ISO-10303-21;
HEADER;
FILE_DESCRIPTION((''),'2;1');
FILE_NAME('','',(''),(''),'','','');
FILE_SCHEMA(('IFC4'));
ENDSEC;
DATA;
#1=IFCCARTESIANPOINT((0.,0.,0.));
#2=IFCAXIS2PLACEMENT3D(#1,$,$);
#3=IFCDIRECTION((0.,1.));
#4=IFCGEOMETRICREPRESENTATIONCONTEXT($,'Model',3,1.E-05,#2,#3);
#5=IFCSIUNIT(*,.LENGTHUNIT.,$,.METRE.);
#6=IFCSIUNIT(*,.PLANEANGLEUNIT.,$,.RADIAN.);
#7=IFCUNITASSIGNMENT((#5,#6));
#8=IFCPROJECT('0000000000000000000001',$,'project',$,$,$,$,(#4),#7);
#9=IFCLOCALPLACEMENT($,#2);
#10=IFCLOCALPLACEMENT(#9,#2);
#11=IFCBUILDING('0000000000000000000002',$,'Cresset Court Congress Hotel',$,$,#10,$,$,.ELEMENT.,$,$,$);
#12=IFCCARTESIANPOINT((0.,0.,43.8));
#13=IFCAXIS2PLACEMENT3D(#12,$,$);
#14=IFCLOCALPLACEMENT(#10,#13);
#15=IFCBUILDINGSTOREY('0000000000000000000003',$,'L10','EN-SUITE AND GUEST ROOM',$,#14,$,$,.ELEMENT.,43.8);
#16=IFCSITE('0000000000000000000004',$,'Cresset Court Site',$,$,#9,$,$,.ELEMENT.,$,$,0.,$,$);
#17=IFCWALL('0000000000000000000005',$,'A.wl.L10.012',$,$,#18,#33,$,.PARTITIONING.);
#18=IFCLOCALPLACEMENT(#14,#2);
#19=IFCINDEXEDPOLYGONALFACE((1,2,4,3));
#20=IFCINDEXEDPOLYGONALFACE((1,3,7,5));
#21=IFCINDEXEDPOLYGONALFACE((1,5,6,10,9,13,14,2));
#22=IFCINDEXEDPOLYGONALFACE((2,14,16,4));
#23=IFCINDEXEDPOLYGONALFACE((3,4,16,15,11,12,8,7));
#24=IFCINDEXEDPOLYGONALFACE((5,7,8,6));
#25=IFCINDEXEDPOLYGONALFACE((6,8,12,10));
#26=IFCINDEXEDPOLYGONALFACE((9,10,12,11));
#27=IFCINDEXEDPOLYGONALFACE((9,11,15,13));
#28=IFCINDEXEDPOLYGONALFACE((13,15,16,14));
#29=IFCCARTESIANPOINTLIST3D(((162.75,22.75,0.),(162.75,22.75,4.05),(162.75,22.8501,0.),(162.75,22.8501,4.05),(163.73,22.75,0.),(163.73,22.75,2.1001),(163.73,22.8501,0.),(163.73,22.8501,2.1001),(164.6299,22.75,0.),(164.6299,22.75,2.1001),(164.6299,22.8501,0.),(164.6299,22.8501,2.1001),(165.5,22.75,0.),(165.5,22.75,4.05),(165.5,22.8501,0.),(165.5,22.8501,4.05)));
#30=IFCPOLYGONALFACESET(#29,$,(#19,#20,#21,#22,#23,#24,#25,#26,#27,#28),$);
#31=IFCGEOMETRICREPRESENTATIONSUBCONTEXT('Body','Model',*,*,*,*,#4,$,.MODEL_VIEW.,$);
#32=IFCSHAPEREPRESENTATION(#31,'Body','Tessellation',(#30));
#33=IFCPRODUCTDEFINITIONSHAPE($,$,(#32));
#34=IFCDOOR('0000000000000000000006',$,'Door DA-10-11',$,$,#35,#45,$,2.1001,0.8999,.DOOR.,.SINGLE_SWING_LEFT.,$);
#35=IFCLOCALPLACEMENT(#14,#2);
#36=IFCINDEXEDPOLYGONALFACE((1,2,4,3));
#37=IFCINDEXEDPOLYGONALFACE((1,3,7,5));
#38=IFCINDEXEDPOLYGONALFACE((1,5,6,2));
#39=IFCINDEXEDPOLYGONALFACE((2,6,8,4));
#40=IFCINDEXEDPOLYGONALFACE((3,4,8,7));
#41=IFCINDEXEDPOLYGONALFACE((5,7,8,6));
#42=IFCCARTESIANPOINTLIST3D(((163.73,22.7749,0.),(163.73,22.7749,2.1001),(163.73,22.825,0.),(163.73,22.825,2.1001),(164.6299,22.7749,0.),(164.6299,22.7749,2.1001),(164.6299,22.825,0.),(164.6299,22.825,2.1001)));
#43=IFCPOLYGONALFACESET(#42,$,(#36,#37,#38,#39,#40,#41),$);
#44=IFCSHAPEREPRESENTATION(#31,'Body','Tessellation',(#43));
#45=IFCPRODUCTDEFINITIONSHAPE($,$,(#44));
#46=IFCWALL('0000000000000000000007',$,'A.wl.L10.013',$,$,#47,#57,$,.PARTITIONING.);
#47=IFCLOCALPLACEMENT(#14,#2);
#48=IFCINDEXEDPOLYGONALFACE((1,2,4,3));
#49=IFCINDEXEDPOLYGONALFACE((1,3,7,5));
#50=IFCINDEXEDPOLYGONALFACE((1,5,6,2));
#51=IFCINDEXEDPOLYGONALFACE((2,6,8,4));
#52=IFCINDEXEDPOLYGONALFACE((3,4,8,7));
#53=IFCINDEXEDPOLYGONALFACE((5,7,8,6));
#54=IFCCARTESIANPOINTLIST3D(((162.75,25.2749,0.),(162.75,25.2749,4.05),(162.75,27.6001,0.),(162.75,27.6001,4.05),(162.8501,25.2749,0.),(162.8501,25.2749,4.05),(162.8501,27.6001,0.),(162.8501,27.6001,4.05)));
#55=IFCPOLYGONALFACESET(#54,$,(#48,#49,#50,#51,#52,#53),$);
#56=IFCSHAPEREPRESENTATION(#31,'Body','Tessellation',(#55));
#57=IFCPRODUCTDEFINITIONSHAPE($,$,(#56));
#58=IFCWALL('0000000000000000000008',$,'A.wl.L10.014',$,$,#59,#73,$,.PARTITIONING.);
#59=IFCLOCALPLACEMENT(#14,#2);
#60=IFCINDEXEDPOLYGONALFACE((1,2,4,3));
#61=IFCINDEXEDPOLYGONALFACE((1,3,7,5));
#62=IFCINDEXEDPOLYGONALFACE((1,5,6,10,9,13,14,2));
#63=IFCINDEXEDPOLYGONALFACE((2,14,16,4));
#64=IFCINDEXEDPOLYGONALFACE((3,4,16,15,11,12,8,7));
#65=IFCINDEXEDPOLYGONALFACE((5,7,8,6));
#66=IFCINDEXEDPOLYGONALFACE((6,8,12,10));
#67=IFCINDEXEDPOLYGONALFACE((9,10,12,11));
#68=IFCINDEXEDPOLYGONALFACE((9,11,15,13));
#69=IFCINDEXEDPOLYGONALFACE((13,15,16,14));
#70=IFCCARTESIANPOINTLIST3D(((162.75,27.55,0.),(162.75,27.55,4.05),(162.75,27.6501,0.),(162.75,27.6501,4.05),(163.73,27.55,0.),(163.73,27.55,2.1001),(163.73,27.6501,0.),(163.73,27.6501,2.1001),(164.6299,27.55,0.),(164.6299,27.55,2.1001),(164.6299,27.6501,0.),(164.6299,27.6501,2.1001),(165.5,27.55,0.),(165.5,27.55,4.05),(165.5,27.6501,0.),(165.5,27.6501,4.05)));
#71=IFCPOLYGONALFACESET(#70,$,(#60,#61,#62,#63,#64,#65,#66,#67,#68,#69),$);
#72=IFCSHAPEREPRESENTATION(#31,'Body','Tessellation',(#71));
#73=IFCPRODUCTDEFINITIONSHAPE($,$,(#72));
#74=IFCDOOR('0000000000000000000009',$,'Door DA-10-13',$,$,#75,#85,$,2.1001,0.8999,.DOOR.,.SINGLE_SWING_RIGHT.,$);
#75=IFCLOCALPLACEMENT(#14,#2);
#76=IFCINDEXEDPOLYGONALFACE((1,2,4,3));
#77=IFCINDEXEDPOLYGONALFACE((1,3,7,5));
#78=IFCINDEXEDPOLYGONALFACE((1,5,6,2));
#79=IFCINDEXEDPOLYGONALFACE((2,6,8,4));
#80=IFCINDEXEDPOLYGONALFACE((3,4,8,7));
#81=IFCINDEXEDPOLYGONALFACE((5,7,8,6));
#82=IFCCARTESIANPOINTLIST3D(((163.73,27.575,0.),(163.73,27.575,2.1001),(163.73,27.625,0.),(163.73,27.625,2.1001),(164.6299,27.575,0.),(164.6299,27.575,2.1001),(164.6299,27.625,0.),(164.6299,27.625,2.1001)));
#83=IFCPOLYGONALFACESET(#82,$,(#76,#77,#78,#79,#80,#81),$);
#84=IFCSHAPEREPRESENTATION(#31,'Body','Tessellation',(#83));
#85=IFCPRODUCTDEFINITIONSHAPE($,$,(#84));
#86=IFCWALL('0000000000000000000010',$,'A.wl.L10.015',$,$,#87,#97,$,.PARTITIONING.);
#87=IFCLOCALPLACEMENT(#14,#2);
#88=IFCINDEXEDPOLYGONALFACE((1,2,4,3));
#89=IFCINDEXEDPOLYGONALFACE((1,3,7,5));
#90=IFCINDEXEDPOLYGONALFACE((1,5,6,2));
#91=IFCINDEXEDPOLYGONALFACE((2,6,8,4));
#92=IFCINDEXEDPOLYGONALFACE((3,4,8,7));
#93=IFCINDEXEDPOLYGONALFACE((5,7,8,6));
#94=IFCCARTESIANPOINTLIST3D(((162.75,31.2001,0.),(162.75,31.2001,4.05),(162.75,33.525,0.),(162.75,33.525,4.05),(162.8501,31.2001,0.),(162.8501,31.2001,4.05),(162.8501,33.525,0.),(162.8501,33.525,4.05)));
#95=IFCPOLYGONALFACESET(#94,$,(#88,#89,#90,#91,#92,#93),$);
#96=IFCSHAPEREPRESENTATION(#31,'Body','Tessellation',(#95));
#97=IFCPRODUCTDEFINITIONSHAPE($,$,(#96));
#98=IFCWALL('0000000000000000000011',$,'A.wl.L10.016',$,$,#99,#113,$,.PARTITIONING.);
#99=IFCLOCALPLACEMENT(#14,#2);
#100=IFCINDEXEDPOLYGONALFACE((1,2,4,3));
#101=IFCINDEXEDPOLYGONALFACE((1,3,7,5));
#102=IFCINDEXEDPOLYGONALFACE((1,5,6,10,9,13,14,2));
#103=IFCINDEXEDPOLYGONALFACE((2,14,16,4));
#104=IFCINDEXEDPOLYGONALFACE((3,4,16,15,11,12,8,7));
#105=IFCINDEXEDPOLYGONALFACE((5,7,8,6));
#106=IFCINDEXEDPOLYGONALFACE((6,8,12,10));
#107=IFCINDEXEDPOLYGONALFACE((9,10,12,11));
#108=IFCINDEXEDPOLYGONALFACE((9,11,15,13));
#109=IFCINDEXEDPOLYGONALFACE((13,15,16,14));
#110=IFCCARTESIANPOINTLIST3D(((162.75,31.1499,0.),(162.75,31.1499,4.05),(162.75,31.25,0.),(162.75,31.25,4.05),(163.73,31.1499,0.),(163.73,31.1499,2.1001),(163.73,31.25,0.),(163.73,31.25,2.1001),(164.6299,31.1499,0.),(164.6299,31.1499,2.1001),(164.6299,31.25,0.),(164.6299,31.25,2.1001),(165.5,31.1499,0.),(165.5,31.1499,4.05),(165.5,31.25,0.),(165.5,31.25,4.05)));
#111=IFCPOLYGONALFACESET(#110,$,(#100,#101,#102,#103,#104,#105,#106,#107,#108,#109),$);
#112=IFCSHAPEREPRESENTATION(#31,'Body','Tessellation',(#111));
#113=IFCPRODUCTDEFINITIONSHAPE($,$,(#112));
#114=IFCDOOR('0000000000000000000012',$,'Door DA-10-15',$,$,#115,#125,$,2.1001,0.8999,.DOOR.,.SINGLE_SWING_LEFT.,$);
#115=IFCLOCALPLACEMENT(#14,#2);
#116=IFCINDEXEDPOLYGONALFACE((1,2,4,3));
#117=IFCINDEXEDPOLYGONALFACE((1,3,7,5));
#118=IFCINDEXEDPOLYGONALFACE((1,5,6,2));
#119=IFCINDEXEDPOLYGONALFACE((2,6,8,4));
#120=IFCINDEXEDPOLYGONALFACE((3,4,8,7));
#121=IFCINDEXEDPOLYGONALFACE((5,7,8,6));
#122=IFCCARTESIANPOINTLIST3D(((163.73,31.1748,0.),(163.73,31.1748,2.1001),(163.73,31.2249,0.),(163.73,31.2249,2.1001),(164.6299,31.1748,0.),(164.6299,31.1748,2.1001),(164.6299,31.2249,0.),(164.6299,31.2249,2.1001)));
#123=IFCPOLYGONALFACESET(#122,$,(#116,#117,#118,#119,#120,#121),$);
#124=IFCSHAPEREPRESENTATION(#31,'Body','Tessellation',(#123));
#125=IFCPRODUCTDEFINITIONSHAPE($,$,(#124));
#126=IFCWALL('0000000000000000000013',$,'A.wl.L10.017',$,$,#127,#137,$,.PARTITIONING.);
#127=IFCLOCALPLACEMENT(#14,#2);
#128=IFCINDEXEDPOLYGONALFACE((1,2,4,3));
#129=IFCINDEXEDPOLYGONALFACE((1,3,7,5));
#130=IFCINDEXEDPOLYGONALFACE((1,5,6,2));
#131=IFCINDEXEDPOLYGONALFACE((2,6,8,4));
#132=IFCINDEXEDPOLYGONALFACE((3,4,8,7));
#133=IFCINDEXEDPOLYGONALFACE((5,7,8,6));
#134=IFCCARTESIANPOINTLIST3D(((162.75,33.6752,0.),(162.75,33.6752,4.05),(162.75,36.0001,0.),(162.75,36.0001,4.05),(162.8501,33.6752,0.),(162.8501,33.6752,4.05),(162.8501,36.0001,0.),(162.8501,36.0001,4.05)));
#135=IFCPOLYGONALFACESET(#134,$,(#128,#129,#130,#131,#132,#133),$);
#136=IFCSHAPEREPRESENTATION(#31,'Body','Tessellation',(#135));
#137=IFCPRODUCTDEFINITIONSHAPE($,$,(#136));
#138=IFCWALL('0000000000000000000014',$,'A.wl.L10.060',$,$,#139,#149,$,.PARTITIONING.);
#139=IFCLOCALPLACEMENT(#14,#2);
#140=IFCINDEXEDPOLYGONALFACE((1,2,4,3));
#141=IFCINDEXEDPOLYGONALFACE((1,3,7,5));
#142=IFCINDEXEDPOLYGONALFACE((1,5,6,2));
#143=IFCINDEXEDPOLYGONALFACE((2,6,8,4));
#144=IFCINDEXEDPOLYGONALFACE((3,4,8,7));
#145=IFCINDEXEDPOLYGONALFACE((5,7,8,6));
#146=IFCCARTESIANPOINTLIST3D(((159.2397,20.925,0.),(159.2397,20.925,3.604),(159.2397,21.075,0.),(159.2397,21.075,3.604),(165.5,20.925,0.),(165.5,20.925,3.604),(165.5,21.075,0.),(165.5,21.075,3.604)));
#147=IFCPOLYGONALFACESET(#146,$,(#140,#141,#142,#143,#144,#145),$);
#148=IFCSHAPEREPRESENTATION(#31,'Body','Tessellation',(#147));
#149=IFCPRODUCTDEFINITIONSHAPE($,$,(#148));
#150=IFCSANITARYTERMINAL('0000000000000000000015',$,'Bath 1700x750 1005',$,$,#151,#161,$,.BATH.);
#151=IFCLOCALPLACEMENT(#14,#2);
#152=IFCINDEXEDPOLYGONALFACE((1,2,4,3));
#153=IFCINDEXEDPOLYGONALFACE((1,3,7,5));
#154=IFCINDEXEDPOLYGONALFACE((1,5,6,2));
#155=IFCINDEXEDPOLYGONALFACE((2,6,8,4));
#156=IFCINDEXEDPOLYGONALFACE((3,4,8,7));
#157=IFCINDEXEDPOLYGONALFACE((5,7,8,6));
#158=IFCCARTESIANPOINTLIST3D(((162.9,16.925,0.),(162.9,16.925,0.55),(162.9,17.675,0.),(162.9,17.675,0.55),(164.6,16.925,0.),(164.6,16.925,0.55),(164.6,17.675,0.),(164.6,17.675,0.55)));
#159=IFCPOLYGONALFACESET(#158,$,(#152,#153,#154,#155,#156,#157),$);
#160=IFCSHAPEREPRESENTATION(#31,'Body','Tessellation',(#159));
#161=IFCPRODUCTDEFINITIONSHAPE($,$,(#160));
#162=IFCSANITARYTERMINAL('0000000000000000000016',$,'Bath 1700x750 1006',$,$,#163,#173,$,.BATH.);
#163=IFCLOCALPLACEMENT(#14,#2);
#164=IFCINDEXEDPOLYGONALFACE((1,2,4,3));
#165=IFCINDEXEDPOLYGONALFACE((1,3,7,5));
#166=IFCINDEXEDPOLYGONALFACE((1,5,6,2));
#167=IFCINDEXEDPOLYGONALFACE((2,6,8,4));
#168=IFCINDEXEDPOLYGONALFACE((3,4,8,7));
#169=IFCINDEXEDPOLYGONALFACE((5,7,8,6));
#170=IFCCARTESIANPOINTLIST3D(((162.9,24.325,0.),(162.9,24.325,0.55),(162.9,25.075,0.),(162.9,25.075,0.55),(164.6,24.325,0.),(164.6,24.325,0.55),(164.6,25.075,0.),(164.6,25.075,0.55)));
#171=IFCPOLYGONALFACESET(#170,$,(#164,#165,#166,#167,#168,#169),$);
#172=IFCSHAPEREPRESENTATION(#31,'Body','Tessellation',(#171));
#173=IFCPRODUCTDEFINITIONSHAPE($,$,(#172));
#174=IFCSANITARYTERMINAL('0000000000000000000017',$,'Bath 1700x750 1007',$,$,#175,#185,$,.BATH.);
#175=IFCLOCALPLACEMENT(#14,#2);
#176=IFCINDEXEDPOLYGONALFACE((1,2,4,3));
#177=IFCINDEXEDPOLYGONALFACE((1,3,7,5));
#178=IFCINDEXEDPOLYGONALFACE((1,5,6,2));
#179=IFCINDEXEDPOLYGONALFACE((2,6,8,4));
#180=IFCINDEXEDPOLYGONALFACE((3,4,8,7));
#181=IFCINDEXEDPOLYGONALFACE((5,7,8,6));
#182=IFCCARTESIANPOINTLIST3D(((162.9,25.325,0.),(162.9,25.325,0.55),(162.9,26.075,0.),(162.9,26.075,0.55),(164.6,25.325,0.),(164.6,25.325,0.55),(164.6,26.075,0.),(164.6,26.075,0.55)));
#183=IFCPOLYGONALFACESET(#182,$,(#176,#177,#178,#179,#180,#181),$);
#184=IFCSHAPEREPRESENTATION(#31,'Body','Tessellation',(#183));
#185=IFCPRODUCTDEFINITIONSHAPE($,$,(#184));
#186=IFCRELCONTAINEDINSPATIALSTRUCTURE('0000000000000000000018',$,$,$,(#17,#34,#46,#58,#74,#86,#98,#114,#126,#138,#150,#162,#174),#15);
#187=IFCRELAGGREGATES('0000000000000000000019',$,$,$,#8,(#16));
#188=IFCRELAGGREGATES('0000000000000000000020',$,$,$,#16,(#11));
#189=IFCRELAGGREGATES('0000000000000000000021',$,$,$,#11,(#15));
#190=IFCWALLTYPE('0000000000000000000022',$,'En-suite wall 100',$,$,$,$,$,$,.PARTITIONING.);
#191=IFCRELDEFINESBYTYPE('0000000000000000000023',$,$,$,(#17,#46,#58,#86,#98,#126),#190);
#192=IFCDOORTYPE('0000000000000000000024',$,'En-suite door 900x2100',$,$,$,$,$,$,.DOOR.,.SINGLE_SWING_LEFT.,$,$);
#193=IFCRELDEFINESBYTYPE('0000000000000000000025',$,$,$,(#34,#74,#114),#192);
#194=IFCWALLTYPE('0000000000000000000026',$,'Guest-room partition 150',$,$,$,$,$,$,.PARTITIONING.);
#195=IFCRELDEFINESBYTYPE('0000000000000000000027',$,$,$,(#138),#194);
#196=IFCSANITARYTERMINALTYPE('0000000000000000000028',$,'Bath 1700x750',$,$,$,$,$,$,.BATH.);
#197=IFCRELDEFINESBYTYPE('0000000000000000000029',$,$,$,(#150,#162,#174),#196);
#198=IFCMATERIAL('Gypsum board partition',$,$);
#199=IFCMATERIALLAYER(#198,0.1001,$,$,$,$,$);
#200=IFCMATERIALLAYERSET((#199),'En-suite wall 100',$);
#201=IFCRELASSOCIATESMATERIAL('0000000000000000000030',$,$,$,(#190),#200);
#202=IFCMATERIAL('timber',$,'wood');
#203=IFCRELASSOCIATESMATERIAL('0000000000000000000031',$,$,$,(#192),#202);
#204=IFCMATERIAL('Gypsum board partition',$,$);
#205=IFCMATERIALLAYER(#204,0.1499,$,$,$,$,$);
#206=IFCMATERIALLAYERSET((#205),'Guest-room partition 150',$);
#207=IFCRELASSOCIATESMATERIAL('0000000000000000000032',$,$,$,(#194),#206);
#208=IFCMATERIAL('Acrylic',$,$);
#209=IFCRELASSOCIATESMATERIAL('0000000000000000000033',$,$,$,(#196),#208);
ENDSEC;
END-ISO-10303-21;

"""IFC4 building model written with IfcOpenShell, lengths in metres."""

from ifc_helpers import new_model, si_unit, direction, frame, frame_2d, origin, origin_2d, place, context, subcontext, project, spatial, rectangle, extrude, material, layer, layer_set, type_object, element, fill, save


model = new_model("IFC4")

# Units and contexts
model_context = context("Model", 3, precision=1e-05, world=origin(), true_north=direction((0.0, 1.0)))
body_context = subcontext(model_context, "Body", "Model", "MODEL_VIEW")
ifc_project = project(units=[si_unit("LENGTHUNIT", "METRE"), si_unit("PLANEANGLEUNIT", "RADIAN")], contexts=[model_context])

# Site, building, storey
site_placement = place(None, origin())
site = spatial("IfcSite", under=ifc_project, at=site_placement, Name="Cresset Court Site", CompositionType="ELEMENT", RefElevation=0.0)
building_placement = place(site_placement, origin())
building = spatial("IfcBuilding", under=site, at=building_placement, Name="Cresset Court Congress Hotel", CompositionType="ELEMENT")
storey_placement = place(building_placement, frame((0.0, 0.0, 43.8)))
storey = spatial("IfcBuildingStorey", under=building, at=storey_placement, Name="L10", Description="EN-SUITE AND GUEST ROOM", CompositionType="ELEMENT", Elevation=43.8)

# Shared definitions
ifc_material_1 = material(Name="Gypsum board partition")
ifc_layer_1 = layer(ifc_material_1, 0.1001)
ifc_layer_set_1 = layer_set([ifc_layer_1], Name="En-suite wall 100")
wall_type_1 = type_object("IfcWallType", Name="En-suite wall 100", PredefinedType="PARTITIONING", material=ifc_layer_set_1)

# Shared definitions
ifc_material_2 = material(Name="timber", Category="wood")
door_type_1 = type_object("IfcDoorType", Name="En-suite door 900x2100", OperationType="SINGLE_SWING_LEFT", PredefinedType="DOOR", material=ifc_material_2)

# Wall, opening, door
wall_1_placement = place(storey_placement, frame((162.75, 22.8, 0.0), z_axis=(0.0, 0.0, 1.0), x_axis=(1.0, 0.0, 0.0)))
wall_1 = element("IfcWall", 1, at=wall_1_placement, inside=storey, type_object=wall_type_1, Name="A.wl.L10.012", PredefinedType="PARTITIONING", context=body_context, shape_type="SweptSolid", body=[
    extrude(rectangle(XDim=2.75, YDim=0.1001, at=frame_2d((1.375, 0.0))), origin(), (0.0, 0.0, 1.0), 4.05),
])
opening_1_placement = place(wall_1_placement, frame((0.98, 0.0, 0.0)))
opening_1 = element("IfcOpeningElement", 2, at=opening_1_placement, cuts=wall_1, PredefinedType="OPENING", context=body_context, shape_type="SweptSolid", body=[
    extrude(rectangle(XDim=0.8999, YDim=2.1001, at=frame_2d((0.45, 1.05))), frame((0.0, 0.0601, 0.0), z_axis=(0.0, -1.0, 0.0), x_axis=(1.0, 0.0, 0.0)), (0.0, 0.0, 1.0), 0.1201),
])
door_1_placement = place(opening_1_placement, origin())
door_1 = element("IfcDoor", 3, at=door_1_placement, inside=storey, type_object=door_type_1, Name="Door DA-10-11", OperationType="SINGLE_SWING_LEFT", OverallHeight=2.1001, OverallWidth=0.8999, PredefinedType="DOOR", context=body_context, shape_type="SweptSolid", body=[
    extrude(rectangle(XDim=0.8999, YDim=2.1001, at=frame_2d((0.45, 1.05))), frame((0.0, 0.0249, 0.0), z_axis=(0.0, -1.0, 0.0), x_axis=(1.0, 0.0, 0.0)), (0.0, 0.0, 1.0), 0.05),
])
fill(opening_1, door_1)

# Wall
wall_2_placement = place(storey_placement, frame((162.8, 25.2749, 0.0), z_axis=(0.0, 0.0, 1.0), x_axis=(0.0, 1.0, 0.0)))
element("IfcWall", 4, at=wall_2_placement, inside=storey, type_object=wall_type_1, Name="A.wl.L10.013", PredefinedType="PARTITIONING", context=body_context, shape_type="SweptSolid", body=[
    extrude(rectangle(XDim=2.3252, YDim=0.1001, at=frame_2d((1.1626, 0.0))), origin(), (0.0, 0.0, 1.0), 4.05),
])

# Wall, opening, door
wall_3_placement = place(storey_placement, frame((162.75, 27.6001, 0.0), z_axis=(0.0, 0.0, 1.0), x_axis=(1.0, 0.0, 0.0)))
wall_3 = element("IfcWall", 5, at=wall_3_placement, inside=storey, type_object=wall_type_1, Name="A.wl.L10.014", PredefinedType="PARTITIONING", context=body_context, shape_type="SweptSolid", body=[
    extrude(rectangle(XDim=2.75, YDim=0.1001, at=frame_2d((1.375, 0.0))), origin(), (0.0, 0.0, 1.0), 4.05),
])
opening_2_placement = place(wall_3_placement, frame((0.98, 0.0, 0.0)))
opening_2 = element("IfcOpeningElement", 6, at=opening_2_placement, cuts=wall_3, PredefinedType="OPENING", context=body_context, shape_type="SweptSolid", body=[
    extrude(rectangle(XDim=0.8999, YDim=2.1001, at=frame_2d((0.45, 1.05))), frame((0.0, 0.0601, 0.0), z_axis=(0.0, -1.0, 0.0), x_axis=(1.0, 0.0, 0.0)), (0.0, 0.0, 1.0), 0.1201),
])
door_2_placement = place(opening_2_placement, origin())
door_2 = element("IfcDoor", 7, at=door_2_placement, inside=storey, type_object=door_type_1, Name="Door DA-10-13", OperationType="SINGLE_SWING_RIGHT", OverallHeight=2.1001, OverallWidth=0.8999, PredefinedType="DOOR", context=body_context, shape_type="SweptSolid", body=[
    extrude(rectangle(XDim=0.8999, YDim=2.1001, at=frame_2d((0.45, 1.05))), frame((0.0, 0.0249, 0.0), z_axis=(0.0, -1.0, 0.0), x_axis=(1.0, 0.0, 0.0)), (0.0, 0.0, 1.0), 0.05),
])
fill(opening_2, door_2)

# Wall
wall_4_placement = place(storey_placement, frame((162.8, 31.2, 0.0), z_axis=(0.0, 0.0, 1.0), x_axis=(0.0, 1.0, 0.0)))
element("IfcWall", 8, at=wall_4_placement, inside=storey, type_object=wall_type_1, Name="A.wl.L10.015", PredefinedType="PARTITIONING", context=body_context, shape_type="SweptSolid", body=[
    extrude(rectangle(XDim=2.325, YDim=0.1001, at=frame_2d((1.1626, 0.0))), origin(), (0.0, 0.0, 1.0), 4.05),
])

# Wall, opening, door
wall_5_placement = place(storey_placement, frame((162.75, 31.2, 0.0), z_axis=(0.0, 0.0, 1.0), x_axis=(1.0, 0.0, 0.0)))
wall_5 = element("IfcWall", 9, at=wall_5_placement, inside=storey, type_object=wall_type_1, Name="A.wl.L10.016", PredefinedType="PARTITIONING", context=body_context, shape_type="SweptSolid", body=[
    extrude(rectangle(XDim=2.75, YDim=0.1001, at=frame_2d((1.375, 0.0))), origin(), (0.0, 0.0, 1.0), 4.05),
])
opening_3_placement = place(wall_5_placement, frame((0.98, 0.0, 0.0)))
opening_3 = element("IfcOpeningElement", 10, at=opening_3_placement, cuts=wall_5, PredefinedType="OPENING", context=body_context, shape_type="SweptSolid", body=[
    extrude(rectangle(XDim=0.8999, YDim=2.1001, at=frame_2d((0.45, 1.05))), frame((0.0, 0.0601, 0.0), z_axis=(0.0, -1.0, 0.0), x_axis=(1.0, 0.0, 0.0)), (0.0, 0.0, 1.0), 0.1201),
])
door_3_placement = place(opening_3_placement, origin())
door_3 = element("IfcDoor", 11, at=door_3_placement, inside=storey, type_object=door_type_1, Name="Door DA-10-15", OperationType="SINGLE_SWING_LEFT", OverallHeight=2.1001, OverallWidth=0.8999, PredefinedType="DOOR", context=body_context, shape_type="SweptSolid", body=[
    extrude(rectangle(XDim=0.8999, YDim=2.1001, at=frame_2d((0.45, 1.05))), frame((0.0, 0.0249, 0.0), z_axis=(0.0, -1.0, 0.0), x_axis=(1.0, 0.0, 0.0)), (0.0, 0.0, 1.0), 0.05),
])
fill(opening_3, door_3)

# Walls
wall_6_placement = place(storey_placement, frame((162.8, 33.675, 0.0), z_axis=(0.0, 0.0, 1.0), x_axis=(0.0, 1.0, 0.0)))
element("IfcWall", 12, at=wall_6_placement, inside=storey, type_object=wall_type_1, Name="A.wl.L10.017", PredefinedType="PARTITIONING", context=body_context, shape_type="SweptSolid", body=[
    extrude(rectangle(XDim=2.325, YDim=0.1001, at=frame_2d((1.1626, 0.0))), origin(), (0.0, 0.0, 1.0), 4.05),
])
ifc_material_3 = material(Name="Gypsum board partition")
ifc_layer_2 = layer(ifc_material_3, 0.1499)
ifc_layer_set_2 = layer_set([ifc_layer_2], Name="Guest-room partition 150")
wall_type_2 = type_object("IfcWallType", Name="Guest-room partition 150", PredefinedType="PARTITIONING", material=ifc_layer_set_2)
wall_7_placement = place(storey_placement, frame((159.2397, 21.0, 0.0), z_axis=(0.0, 0.0, 1.0), x_axis=(1.0, 0.0, 0.0)))
element("IfcWall", 13, at=wall_7_placement, inside=storey, type_object=wall_type_2, Name="A.wl.L10.060", PredefinedType="PARTITIONING", context=body_context, shape_type="SweptSolid", body=[
    extrude(rectangle(XDim=6.2603, YDim=0.1499, at=frame_2d((3.1301, 0.0))), origin(), (0.0, 0.0, 1.0), 3.604),
])

# Sanitary terminals
ifc_material_4 = material(Name="Acrylic")
sanitary_terminal_type_1 = type_object("IfcSanitaryTerminalType", Name="Bath 1700x750", PredefinedType="BATH", material=ifc_material_4)
for number, where, z_axis, x_axis, name in (
    (14, (163.75, 17.3, 0.0), (0.0, 0.0, 1.0), (1.0, 0.0, 0.0), "Bath 1700x750 1005"),
    (15, (163.75, 24.7, 0.0), (0.0, 0.0, 1.0), (1.0, 0.0, 0.0), "Bath 1700x750 1006"),
    (16, (163.75, 25.7, 0.0), (0.0, 0.0, 1.0), (1.0, 0.0, 0.0), "Bath 1700x750 1007"),
):
    element("IfcSanitaryTerminal", number, at=place(storey_placement, frame(where, z_axis=z_axis, x_axis=x_axis)), inside=storey, type_object=sanitary_terminal_type_1, Name=name, PredefinedType="BATH", context=body_context, shape_type="SweptSolid", body=[
        extrude(rectangle(XDim=1.7, YDim=0.75, at=origin_2d()), origin(), (0.0, 0.0, 1.0), 0.55),
    ])

save(model, "model.ifc")
